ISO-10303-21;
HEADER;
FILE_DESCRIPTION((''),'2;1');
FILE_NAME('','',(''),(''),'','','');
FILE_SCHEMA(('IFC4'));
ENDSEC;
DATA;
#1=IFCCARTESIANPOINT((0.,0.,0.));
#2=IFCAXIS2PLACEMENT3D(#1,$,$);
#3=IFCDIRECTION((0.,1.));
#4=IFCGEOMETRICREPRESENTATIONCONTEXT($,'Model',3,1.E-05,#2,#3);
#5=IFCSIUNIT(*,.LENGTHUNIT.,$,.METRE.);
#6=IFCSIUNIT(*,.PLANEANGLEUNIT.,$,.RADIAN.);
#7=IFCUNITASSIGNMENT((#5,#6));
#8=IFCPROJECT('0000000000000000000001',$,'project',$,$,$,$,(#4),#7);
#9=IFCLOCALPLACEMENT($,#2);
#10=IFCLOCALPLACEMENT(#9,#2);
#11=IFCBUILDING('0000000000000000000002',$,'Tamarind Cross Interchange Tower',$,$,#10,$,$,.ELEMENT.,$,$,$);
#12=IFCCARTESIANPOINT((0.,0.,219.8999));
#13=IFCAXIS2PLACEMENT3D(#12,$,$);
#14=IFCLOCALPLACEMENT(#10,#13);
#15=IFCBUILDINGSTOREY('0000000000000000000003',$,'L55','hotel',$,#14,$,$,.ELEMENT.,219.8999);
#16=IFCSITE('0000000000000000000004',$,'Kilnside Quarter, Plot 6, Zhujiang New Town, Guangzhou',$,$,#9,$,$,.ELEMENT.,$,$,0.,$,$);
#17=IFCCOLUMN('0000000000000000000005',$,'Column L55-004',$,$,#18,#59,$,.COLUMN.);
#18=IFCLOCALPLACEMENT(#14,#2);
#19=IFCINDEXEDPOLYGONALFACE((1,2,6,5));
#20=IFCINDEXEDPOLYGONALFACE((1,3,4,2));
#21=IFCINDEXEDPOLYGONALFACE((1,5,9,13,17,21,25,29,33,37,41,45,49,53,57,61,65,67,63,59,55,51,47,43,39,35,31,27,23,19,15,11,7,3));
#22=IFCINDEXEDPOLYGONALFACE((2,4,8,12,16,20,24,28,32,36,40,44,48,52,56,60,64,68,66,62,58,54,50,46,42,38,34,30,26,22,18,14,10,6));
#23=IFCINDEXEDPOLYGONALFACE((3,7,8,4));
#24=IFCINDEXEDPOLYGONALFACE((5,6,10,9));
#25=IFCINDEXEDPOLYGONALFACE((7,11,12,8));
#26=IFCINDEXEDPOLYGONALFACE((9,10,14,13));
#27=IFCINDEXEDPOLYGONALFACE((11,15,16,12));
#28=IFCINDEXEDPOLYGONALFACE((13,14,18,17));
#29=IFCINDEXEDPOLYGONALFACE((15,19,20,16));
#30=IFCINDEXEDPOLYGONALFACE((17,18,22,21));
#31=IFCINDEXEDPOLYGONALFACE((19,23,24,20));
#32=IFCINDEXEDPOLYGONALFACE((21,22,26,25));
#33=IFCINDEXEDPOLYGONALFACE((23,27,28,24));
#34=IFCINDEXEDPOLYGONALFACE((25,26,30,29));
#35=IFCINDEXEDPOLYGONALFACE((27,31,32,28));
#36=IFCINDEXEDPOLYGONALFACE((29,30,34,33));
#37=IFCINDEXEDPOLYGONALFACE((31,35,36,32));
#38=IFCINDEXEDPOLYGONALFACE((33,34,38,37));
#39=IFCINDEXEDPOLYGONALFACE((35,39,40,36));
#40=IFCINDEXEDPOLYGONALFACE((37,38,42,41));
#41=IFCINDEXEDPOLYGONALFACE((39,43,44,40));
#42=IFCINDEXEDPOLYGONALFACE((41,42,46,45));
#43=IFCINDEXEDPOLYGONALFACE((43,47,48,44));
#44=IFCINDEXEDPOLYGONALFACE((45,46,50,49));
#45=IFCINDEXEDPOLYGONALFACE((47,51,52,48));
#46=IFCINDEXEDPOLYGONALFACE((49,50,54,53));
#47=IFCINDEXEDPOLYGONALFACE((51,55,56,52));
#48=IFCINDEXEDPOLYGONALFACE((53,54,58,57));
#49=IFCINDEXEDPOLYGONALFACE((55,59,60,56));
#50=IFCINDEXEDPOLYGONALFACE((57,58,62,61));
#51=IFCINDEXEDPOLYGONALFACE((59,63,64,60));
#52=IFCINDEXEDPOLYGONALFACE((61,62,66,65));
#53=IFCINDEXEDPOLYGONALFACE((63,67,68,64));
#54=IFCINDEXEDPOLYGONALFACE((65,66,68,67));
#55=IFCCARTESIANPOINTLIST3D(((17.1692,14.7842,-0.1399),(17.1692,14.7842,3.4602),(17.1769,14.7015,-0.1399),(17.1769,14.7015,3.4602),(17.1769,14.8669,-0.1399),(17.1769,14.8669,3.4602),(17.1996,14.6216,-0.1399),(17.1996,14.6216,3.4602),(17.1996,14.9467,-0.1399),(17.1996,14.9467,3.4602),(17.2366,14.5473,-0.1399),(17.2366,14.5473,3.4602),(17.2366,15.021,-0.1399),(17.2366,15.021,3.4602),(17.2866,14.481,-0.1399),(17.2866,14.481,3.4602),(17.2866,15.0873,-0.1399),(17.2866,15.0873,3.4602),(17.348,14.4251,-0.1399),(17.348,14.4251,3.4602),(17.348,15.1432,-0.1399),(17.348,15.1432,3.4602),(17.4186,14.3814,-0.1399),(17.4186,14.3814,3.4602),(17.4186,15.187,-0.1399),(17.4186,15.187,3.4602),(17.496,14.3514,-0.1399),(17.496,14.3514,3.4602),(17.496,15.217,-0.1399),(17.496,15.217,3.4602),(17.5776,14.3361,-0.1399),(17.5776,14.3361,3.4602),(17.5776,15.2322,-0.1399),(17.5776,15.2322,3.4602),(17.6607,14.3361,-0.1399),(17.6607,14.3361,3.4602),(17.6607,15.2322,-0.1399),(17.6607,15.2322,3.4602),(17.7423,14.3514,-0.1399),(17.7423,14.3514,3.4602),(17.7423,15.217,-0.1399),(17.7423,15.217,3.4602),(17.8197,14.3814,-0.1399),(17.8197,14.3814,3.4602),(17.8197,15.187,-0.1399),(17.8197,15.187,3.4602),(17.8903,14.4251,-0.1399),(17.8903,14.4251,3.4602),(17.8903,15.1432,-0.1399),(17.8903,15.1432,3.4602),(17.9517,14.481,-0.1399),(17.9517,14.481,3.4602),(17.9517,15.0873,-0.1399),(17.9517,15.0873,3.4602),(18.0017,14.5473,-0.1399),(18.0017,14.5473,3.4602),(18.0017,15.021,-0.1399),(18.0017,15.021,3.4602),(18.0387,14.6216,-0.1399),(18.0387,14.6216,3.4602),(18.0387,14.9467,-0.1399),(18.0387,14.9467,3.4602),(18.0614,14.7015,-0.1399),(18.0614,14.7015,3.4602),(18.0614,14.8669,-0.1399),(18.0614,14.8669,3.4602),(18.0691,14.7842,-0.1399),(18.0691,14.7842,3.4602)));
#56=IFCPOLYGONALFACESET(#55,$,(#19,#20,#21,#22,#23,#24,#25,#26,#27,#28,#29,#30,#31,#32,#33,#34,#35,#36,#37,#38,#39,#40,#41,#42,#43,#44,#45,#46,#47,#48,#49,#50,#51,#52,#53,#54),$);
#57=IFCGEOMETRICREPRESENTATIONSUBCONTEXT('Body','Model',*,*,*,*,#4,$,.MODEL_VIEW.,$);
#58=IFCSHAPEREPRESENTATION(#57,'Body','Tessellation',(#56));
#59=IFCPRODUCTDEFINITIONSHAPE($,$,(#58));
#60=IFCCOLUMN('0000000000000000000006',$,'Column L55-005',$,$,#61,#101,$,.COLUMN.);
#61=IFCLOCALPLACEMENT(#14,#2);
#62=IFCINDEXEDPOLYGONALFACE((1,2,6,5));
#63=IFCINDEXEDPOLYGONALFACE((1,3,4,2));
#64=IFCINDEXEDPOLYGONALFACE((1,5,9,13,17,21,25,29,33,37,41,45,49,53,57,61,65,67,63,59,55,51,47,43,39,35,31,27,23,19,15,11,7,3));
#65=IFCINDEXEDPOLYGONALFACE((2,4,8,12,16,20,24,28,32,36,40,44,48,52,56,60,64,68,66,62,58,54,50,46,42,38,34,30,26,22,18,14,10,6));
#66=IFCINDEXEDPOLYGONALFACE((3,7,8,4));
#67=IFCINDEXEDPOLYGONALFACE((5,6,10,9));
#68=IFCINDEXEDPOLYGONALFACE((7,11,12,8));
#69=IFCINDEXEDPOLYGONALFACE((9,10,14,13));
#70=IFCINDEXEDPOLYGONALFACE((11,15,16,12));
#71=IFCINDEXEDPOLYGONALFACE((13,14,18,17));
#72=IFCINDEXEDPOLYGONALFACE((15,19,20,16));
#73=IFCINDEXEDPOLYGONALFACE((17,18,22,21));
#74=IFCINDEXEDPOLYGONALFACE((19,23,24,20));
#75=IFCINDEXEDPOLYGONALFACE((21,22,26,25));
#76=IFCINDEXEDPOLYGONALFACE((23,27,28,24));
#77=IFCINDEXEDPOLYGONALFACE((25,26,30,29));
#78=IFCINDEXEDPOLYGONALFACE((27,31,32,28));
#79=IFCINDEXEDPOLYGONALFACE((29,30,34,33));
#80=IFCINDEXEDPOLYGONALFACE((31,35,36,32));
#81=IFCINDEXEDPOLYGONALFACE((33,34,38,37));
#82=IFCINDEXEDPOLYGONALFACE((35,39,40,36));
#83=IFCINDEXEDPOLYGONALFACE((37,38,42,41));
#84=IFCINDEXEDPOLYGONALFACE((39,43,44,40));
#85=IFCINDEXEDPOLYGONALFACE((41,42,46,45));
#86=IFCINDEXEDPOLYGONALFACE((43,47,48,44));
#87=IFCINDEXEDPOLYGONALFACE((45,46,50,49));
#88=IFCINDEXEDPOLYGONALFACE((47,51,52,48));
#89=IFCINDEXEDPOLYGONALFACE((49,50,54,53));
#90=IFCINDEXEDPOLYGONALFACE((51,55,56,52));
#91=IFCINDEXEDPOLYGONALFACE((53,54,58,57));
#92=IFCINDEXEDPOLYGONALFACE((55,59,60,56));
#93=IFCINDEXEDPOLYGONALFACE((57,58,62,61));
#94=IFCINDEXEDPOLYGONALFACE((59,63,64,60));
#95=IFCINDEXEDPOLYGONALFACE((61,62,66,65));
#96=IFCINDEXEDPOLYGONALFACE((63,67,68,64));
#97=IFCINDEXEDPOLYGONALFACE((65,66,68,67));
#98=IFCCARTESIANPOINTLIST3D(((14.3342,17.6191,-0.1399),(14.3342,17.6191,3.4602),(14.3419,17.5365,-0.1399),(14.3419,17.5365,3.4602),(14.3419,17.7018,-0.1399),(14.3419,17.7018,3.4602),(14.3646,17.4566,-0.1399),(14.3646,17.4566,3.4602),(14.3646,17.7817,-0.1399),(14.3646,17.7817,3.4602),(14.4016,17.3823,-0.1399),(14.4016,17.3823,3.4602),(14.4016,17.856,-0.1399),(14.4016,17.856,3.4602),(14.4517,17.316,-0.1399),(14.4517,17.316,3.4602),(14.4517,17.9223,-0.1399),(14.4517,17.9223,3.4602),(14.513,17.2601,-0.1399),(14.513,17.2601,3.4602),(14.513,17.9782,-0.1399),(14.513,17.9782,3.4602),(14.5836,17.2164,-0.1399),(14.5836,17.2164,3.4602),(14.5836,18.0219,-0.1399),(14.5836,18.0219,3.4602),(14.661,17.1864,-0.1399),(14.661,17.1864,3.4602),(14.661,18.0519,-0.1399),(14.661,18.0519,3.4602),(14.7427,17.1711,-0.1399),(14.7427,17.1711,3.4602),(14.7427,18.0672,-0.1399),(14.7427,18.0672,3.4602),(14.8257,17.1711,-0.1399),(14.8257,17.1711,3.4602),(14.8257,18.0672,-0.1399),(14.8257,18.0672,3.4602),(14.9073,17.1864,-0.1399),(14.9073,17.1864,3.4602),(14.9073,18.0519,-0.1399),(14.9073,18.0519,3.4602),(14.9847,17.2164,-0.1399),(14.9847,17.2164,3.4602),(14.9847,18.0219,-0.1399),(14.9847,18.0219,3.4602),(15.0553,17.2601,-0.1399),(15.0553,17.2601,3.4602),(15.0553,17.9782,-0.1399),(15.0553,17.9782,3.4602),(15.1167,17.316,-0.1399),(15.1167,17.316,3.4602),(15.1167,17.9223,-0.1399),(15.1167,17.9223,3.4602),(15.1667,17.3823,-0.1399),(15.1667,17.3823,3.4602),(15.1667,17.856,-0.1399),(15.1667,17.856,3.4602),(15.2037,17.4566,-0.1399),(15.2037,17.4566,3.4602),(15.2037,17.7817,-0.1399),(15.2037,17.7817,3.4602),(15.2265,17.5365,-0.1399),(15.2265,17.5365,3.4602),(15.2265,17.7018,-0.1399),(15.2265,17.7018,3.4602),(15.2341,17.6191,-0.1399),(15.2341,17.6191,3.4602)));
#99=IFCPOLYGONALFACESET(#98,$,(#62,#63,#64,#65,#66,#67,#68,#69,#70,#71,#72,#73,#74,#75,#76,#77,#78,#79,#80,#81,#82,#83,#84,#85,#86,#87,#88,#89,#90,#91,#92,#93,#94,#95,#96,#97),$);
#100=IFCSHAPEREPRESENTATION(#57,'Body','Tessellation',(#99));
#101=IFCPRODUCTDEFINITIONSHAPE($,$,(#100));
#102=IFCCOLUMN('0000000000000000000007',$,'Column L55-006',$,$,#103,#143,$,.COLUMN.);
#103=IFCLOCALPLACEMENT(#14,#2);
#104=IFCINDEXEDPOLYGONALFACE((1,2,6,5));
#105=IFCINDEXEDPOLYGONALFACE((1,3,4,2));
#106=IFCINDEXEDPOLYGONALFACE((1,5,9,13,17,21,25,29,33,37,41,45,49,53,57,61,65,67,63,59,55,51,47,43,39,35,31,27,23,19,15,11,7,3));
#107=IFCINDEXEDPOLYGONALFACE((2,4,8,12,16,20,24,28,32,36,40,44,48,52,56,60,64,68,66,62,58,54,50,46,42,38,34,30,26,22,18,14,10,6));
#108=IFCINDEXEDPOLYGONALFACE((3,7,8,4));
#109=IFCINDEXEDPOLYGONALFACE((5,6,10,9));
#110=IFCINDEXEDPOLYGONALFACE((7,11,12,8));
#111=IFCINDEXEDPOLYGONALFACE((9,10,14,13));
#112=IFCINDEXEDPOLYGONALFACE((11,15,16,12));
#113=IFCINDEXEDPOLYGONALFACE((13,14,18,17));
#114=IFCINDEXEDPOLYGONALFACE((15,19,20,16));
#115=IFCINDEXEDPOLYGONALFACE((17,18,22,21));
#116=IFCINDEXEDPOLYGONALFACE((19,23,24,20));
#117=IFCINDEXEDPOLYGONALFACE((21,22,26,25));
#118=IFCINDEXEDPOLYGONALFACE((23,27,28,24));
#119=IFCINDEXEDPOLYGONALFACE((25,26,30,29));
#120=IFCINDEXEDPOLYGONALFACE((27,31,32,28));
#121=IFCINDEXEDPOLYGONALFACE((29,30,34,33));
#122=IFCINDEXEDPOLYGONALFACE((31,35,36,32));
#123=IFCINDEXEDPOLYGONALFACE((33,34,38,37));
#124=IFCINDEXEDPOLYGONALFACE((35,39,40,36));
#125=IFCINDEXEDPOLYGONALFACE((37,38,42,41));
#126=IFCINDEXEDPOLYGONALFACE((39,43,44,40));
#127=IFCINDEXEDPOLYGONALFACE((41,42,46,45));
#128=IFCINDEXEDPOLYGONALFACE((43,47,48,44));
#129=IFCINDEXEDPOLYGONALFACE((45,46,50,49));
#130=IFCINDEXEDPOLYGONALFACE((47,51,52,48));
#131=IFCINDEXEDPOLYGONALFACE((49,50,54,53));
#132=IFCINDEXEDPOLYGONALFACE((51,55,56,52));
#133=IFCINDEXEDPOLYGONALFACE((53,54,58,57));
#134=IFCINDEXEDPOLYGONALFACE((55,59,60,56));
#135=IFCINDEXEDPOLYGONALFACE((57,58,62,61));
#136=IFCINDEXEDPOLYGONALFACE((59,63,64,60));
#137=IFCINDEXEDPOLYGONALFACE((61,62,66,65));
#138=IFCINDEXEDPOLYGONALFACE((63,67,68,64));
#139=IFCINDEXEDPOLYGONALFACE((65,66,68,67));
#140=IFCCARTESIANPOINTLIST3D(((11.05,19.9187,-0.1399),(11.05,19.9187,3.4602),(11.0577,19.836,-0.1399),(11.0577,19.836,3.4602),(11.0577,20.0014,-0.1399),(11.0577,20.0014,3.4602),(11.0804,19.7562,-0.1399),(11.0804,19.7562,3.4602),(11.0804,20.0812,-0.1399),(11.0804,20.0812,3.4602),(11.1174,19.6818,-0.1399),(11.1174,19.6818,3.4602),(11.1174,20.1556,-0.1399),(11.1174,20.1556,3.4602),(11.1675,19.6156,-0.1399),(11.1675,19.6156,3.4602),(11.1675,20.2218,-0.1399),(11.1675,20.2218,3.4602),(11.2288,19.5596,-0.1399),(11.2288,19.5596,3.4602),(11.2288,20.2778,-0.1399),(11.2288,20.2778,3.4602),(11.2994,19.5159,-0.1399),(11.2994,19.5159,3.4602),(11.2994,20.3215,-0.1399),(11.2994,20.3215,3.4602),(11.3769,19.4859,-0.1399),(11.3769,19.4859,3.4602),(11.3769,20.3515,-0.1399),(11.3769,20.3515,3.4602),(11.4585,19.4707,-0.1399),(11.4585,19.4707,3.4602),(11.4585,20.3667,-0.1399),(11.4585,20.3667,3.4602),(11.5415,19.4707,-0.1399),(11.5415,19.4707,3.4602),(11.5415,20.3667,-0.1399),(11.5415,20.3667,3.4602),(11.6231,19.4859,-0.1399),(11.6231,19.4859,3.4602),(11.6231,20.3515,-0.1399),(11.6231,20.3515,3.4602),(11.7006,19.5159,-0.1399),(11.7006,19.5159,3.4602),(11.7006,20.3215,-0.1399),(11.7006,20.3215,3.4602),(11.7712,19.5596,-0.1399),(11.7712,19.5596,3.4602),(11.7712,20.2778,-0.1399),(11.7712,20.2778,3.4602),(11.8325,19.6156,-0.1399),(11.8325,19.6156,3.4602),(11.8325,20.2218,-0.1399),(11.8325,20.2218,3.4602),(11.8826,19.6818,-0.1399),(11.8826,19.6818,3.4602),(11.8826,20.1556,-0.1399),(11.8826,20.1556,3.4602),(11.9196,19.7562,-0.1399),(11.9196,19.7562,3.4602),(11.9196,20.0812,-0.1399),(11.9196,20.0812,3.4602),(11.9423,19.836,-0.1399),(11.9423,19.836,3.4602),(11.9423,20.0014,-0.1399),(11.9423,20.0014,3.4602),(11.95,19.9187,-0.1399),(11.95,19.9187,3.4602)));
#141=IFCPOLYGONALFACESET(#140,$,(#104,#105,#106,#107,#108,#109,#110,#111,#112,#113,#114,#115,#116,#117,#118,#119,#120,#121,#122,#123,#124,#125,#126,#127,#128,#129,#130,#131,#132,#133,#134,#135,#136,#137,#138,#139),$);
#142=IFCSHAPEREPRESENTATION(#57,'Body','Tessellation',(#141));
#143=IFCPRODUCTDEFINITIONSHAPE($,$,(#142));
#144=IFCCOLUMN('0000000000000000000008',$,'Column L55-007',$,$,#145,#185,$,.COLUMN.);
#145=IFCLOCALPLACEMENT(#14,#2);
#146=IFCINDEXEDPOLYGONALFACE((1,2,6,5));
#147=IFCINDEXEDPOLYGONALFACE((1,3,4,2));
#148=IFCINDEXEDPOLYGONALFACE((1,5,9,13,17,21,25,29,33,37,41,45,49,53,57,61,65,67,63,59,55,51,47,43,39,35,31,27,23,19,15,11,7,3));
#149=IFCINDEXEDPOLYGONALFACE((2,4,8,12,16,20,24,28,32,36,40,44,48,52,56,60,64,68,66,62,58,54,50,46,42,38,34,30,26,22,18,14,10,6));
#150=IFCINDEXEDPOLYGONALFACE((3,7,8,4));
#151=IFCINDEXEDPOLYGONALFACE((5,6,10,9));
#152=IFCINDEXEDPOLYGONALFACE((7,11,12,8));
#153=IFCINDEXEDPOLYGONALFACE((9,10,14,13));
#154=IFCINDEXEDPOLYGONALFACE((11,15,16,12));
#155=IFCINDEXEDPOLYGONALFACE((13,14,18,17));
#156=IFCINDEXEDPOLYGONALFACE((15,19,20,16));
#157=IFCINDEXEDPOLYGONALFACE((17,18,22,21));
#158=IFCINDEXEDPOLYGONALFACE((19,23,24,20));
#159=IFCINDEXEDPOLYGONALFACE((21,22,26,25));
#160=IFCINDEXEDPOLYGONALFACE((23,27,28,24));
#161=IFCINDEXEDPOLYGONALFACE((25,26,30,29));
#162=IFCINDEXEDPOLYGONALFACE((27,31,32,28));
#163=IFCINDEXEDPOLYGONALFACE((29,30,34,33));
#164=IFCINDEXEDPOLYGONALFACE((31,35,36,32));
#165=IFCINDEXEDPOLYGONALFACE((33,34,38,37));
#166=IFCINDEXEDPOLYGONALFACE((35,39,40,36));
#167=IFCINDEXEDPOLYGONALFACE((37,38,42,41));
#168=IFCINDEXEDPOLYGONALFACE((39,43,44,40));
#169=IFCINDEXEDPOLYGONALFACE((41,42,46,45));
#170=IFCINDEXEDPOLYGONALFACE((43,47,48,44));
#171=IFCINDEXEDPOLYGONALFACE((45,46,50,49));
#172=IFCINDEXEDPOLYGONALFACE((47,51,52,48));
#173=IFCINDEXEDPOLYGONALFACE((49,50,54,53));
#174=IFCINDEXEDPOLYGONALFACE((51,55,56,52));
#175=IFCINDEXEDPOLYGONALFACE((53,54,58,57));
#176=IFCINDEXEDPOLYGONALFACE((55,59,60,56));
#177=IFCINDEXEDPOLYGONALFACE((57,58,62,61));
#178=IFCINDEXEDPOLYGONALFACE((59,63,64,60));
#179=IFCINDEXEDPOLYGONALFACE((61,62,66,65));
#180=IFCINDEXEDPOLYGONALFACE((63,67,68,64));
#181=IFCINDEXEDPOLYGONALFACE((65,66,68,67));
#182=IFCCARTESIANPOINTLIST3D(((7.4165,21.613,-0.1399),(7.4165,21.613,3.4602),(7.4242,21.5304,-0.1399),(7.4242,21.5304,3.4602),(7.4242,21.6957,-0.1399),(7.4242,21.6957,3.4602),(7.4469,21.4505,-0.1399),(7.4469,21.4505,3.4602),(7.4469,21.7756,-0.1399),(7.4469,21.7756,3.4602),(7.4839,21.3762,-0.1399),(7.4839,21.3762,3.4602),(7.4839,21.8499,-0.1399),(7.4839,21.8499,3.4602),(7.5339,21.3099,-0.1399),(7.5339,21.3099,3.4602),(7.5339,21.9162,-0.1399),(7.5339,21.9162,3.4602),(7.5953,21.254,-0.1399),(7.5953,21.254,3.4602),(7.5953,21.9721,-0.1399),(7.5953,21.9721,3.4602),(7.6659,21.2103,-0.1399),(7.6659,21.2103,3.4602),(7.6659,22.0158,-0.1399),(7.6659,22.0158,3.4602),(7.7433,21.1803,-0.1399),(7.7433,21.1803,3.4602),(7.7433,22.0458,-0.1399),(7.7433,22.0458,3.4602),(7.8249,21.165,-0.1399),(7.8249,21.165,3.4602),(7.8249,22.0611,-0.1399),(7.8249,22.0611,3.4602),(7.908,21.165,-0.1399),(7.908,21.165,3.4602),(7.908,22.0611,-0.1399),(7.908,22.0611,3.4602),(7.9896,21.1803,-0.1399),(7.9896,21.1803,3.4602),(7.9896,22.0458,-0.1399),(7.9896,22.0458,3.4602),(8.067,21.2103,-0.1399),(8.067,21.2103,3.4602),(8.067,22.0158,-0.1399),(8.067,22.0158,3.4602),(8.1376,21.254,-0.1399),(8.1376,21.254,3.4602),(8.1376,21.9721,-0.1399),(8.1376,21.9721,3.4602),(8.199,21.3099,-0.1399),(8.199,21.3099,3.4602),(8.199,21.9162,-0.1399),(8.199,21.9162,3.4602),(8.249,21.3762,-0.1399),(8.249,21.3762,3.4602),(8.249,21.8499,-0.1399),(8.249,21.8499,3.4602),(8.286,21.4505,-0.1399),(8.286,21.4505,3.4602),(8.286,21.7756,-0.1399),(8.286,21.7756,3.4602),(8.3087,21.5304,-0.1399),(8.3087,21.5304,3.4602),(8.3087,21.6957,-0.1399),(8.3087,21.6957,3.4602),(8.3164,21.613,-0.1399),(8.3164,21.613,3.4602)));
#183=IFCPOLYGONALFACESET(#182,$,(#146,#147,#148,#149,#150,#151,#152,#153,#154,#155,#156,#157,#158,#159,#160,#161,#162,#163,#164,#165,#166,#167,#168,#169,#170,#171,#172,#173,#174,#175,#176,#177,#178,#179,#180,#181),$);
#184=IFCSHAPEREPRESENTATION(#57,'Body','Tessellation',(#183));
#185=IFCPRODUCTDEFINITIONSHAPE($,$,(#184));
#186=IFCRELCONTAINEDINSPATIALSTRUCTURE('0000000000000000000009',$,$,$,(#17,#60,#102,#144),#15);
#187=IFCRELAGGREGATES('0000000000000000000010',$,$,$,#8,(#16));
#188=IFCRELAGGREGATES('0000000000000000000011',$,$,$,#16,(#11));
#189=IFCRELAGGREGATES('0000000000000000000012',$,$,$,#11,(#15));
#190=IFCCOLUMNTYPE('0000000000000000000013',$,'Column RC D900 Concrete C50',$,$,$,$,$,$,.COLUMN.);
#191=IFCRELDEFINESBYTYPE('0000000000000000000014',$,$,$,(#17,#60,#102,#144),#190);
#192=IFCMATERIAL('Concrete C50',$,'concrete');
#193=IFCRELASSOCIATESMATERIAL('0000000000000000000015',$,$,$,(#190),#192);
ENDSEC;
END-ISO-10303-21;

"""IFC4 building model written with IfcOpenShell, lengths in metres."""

from ifc_helpers import new_model, si_unit, direction, frame, origin, origin_2d, place, context, subcontext, project, spatial, circle, extrude, material, material_profile, profile_set, type_object, element, save


model = new_model("IFC4")

# Units and contexts
model_context = context("Model", 3, precision=1e-05, world=origin(), true_north=direction((0.0, 1.0)))
body_context = subcontext(model_context, "Body", "Model", "MODEL_VIEW")
ifc_project = project(units=[si_unit("LENGTHUNIT", "METRE"), si_unit("PLANEANGLEUNIT", "RADIAN")], contexts=[model_context])

# Site, building, storey
site_placement = place(None, origin())
site = spatial("IfcSite", under=ifc_project, at=site_placement, Name="Kilnside Quarter, Plot 6, Zhujiang New Town, Guangzhou", CompositionType="ELEMENT", RefElevation=0.0)
building_placement = place(site_placement, origin())
building = spatial("IfcBuilding", under=site, at=building_placement, Name="Tamarind Cross Interchange Tower", CompositionType="ELEMENT")
storey_placement = place(building_placement, frame((0.0, 0.0, 219.8999)))
storey = spatial("IfcBuildingStorey", under=building, at=storey_placement, Name="L55", Description="hotel", CompositionType="ELEMENT", Elevation=219.8999)

# Columns
ifc_material_1 = material(Name="Concrete C50", Category="concrete")
ifc_material_profile_1 = material_profile(ifc_material_1, circle(Radius=0.45, at=origin_2d()), Name="RC D900")
ifc_profile_set_1 = profile_set([ifc_material_profile_1], Name="Concrete C50")
column_type = type_object("IfcColumnType", Name="Column RC D900 Concrete C50", PredefinedType="COLUMN", material=ifc_profile_set_1)
for number, where, z_axis, x_axis, name in (
    (1, (17.6191, 14.7842, -0.1399), (0.0, 0.0, 1.0), (1.0, 0.0, 0.0), "Column L55-004"),
    (2, (14.7842, 17.6191, -0.1399), (0.0, 0.0, 1.0), (1.0, 0.0, 0.0), "Column L55-005"),
    (3, (11.5, 19.9187, -0.1399), (0.0, 0.0, 1.0), (1.0, 0.0, 0.0), "Column L55-006"),
    (4, (7.8665, 21.613, -0.1399), (0.0, 0.0, 1.0), (1.0, 0.0, 0.0), "Column L55-007"),
):
    element("IfcColumn", number, at=place(storey_placement, frame(where, z_axis=z_axis, x_axis=x_axis)), inside=storey, type_object=column_type, Name=name, PredefinedType="COLUMN", context=body_context, shape_type="SweptSolid", body=[
        extrude(circle(Radius=0.45, at=origin_2d()), origin(), (0.0, 0.0, 1.0), 3.6001),
    ])

save(model, "model.ifc")
